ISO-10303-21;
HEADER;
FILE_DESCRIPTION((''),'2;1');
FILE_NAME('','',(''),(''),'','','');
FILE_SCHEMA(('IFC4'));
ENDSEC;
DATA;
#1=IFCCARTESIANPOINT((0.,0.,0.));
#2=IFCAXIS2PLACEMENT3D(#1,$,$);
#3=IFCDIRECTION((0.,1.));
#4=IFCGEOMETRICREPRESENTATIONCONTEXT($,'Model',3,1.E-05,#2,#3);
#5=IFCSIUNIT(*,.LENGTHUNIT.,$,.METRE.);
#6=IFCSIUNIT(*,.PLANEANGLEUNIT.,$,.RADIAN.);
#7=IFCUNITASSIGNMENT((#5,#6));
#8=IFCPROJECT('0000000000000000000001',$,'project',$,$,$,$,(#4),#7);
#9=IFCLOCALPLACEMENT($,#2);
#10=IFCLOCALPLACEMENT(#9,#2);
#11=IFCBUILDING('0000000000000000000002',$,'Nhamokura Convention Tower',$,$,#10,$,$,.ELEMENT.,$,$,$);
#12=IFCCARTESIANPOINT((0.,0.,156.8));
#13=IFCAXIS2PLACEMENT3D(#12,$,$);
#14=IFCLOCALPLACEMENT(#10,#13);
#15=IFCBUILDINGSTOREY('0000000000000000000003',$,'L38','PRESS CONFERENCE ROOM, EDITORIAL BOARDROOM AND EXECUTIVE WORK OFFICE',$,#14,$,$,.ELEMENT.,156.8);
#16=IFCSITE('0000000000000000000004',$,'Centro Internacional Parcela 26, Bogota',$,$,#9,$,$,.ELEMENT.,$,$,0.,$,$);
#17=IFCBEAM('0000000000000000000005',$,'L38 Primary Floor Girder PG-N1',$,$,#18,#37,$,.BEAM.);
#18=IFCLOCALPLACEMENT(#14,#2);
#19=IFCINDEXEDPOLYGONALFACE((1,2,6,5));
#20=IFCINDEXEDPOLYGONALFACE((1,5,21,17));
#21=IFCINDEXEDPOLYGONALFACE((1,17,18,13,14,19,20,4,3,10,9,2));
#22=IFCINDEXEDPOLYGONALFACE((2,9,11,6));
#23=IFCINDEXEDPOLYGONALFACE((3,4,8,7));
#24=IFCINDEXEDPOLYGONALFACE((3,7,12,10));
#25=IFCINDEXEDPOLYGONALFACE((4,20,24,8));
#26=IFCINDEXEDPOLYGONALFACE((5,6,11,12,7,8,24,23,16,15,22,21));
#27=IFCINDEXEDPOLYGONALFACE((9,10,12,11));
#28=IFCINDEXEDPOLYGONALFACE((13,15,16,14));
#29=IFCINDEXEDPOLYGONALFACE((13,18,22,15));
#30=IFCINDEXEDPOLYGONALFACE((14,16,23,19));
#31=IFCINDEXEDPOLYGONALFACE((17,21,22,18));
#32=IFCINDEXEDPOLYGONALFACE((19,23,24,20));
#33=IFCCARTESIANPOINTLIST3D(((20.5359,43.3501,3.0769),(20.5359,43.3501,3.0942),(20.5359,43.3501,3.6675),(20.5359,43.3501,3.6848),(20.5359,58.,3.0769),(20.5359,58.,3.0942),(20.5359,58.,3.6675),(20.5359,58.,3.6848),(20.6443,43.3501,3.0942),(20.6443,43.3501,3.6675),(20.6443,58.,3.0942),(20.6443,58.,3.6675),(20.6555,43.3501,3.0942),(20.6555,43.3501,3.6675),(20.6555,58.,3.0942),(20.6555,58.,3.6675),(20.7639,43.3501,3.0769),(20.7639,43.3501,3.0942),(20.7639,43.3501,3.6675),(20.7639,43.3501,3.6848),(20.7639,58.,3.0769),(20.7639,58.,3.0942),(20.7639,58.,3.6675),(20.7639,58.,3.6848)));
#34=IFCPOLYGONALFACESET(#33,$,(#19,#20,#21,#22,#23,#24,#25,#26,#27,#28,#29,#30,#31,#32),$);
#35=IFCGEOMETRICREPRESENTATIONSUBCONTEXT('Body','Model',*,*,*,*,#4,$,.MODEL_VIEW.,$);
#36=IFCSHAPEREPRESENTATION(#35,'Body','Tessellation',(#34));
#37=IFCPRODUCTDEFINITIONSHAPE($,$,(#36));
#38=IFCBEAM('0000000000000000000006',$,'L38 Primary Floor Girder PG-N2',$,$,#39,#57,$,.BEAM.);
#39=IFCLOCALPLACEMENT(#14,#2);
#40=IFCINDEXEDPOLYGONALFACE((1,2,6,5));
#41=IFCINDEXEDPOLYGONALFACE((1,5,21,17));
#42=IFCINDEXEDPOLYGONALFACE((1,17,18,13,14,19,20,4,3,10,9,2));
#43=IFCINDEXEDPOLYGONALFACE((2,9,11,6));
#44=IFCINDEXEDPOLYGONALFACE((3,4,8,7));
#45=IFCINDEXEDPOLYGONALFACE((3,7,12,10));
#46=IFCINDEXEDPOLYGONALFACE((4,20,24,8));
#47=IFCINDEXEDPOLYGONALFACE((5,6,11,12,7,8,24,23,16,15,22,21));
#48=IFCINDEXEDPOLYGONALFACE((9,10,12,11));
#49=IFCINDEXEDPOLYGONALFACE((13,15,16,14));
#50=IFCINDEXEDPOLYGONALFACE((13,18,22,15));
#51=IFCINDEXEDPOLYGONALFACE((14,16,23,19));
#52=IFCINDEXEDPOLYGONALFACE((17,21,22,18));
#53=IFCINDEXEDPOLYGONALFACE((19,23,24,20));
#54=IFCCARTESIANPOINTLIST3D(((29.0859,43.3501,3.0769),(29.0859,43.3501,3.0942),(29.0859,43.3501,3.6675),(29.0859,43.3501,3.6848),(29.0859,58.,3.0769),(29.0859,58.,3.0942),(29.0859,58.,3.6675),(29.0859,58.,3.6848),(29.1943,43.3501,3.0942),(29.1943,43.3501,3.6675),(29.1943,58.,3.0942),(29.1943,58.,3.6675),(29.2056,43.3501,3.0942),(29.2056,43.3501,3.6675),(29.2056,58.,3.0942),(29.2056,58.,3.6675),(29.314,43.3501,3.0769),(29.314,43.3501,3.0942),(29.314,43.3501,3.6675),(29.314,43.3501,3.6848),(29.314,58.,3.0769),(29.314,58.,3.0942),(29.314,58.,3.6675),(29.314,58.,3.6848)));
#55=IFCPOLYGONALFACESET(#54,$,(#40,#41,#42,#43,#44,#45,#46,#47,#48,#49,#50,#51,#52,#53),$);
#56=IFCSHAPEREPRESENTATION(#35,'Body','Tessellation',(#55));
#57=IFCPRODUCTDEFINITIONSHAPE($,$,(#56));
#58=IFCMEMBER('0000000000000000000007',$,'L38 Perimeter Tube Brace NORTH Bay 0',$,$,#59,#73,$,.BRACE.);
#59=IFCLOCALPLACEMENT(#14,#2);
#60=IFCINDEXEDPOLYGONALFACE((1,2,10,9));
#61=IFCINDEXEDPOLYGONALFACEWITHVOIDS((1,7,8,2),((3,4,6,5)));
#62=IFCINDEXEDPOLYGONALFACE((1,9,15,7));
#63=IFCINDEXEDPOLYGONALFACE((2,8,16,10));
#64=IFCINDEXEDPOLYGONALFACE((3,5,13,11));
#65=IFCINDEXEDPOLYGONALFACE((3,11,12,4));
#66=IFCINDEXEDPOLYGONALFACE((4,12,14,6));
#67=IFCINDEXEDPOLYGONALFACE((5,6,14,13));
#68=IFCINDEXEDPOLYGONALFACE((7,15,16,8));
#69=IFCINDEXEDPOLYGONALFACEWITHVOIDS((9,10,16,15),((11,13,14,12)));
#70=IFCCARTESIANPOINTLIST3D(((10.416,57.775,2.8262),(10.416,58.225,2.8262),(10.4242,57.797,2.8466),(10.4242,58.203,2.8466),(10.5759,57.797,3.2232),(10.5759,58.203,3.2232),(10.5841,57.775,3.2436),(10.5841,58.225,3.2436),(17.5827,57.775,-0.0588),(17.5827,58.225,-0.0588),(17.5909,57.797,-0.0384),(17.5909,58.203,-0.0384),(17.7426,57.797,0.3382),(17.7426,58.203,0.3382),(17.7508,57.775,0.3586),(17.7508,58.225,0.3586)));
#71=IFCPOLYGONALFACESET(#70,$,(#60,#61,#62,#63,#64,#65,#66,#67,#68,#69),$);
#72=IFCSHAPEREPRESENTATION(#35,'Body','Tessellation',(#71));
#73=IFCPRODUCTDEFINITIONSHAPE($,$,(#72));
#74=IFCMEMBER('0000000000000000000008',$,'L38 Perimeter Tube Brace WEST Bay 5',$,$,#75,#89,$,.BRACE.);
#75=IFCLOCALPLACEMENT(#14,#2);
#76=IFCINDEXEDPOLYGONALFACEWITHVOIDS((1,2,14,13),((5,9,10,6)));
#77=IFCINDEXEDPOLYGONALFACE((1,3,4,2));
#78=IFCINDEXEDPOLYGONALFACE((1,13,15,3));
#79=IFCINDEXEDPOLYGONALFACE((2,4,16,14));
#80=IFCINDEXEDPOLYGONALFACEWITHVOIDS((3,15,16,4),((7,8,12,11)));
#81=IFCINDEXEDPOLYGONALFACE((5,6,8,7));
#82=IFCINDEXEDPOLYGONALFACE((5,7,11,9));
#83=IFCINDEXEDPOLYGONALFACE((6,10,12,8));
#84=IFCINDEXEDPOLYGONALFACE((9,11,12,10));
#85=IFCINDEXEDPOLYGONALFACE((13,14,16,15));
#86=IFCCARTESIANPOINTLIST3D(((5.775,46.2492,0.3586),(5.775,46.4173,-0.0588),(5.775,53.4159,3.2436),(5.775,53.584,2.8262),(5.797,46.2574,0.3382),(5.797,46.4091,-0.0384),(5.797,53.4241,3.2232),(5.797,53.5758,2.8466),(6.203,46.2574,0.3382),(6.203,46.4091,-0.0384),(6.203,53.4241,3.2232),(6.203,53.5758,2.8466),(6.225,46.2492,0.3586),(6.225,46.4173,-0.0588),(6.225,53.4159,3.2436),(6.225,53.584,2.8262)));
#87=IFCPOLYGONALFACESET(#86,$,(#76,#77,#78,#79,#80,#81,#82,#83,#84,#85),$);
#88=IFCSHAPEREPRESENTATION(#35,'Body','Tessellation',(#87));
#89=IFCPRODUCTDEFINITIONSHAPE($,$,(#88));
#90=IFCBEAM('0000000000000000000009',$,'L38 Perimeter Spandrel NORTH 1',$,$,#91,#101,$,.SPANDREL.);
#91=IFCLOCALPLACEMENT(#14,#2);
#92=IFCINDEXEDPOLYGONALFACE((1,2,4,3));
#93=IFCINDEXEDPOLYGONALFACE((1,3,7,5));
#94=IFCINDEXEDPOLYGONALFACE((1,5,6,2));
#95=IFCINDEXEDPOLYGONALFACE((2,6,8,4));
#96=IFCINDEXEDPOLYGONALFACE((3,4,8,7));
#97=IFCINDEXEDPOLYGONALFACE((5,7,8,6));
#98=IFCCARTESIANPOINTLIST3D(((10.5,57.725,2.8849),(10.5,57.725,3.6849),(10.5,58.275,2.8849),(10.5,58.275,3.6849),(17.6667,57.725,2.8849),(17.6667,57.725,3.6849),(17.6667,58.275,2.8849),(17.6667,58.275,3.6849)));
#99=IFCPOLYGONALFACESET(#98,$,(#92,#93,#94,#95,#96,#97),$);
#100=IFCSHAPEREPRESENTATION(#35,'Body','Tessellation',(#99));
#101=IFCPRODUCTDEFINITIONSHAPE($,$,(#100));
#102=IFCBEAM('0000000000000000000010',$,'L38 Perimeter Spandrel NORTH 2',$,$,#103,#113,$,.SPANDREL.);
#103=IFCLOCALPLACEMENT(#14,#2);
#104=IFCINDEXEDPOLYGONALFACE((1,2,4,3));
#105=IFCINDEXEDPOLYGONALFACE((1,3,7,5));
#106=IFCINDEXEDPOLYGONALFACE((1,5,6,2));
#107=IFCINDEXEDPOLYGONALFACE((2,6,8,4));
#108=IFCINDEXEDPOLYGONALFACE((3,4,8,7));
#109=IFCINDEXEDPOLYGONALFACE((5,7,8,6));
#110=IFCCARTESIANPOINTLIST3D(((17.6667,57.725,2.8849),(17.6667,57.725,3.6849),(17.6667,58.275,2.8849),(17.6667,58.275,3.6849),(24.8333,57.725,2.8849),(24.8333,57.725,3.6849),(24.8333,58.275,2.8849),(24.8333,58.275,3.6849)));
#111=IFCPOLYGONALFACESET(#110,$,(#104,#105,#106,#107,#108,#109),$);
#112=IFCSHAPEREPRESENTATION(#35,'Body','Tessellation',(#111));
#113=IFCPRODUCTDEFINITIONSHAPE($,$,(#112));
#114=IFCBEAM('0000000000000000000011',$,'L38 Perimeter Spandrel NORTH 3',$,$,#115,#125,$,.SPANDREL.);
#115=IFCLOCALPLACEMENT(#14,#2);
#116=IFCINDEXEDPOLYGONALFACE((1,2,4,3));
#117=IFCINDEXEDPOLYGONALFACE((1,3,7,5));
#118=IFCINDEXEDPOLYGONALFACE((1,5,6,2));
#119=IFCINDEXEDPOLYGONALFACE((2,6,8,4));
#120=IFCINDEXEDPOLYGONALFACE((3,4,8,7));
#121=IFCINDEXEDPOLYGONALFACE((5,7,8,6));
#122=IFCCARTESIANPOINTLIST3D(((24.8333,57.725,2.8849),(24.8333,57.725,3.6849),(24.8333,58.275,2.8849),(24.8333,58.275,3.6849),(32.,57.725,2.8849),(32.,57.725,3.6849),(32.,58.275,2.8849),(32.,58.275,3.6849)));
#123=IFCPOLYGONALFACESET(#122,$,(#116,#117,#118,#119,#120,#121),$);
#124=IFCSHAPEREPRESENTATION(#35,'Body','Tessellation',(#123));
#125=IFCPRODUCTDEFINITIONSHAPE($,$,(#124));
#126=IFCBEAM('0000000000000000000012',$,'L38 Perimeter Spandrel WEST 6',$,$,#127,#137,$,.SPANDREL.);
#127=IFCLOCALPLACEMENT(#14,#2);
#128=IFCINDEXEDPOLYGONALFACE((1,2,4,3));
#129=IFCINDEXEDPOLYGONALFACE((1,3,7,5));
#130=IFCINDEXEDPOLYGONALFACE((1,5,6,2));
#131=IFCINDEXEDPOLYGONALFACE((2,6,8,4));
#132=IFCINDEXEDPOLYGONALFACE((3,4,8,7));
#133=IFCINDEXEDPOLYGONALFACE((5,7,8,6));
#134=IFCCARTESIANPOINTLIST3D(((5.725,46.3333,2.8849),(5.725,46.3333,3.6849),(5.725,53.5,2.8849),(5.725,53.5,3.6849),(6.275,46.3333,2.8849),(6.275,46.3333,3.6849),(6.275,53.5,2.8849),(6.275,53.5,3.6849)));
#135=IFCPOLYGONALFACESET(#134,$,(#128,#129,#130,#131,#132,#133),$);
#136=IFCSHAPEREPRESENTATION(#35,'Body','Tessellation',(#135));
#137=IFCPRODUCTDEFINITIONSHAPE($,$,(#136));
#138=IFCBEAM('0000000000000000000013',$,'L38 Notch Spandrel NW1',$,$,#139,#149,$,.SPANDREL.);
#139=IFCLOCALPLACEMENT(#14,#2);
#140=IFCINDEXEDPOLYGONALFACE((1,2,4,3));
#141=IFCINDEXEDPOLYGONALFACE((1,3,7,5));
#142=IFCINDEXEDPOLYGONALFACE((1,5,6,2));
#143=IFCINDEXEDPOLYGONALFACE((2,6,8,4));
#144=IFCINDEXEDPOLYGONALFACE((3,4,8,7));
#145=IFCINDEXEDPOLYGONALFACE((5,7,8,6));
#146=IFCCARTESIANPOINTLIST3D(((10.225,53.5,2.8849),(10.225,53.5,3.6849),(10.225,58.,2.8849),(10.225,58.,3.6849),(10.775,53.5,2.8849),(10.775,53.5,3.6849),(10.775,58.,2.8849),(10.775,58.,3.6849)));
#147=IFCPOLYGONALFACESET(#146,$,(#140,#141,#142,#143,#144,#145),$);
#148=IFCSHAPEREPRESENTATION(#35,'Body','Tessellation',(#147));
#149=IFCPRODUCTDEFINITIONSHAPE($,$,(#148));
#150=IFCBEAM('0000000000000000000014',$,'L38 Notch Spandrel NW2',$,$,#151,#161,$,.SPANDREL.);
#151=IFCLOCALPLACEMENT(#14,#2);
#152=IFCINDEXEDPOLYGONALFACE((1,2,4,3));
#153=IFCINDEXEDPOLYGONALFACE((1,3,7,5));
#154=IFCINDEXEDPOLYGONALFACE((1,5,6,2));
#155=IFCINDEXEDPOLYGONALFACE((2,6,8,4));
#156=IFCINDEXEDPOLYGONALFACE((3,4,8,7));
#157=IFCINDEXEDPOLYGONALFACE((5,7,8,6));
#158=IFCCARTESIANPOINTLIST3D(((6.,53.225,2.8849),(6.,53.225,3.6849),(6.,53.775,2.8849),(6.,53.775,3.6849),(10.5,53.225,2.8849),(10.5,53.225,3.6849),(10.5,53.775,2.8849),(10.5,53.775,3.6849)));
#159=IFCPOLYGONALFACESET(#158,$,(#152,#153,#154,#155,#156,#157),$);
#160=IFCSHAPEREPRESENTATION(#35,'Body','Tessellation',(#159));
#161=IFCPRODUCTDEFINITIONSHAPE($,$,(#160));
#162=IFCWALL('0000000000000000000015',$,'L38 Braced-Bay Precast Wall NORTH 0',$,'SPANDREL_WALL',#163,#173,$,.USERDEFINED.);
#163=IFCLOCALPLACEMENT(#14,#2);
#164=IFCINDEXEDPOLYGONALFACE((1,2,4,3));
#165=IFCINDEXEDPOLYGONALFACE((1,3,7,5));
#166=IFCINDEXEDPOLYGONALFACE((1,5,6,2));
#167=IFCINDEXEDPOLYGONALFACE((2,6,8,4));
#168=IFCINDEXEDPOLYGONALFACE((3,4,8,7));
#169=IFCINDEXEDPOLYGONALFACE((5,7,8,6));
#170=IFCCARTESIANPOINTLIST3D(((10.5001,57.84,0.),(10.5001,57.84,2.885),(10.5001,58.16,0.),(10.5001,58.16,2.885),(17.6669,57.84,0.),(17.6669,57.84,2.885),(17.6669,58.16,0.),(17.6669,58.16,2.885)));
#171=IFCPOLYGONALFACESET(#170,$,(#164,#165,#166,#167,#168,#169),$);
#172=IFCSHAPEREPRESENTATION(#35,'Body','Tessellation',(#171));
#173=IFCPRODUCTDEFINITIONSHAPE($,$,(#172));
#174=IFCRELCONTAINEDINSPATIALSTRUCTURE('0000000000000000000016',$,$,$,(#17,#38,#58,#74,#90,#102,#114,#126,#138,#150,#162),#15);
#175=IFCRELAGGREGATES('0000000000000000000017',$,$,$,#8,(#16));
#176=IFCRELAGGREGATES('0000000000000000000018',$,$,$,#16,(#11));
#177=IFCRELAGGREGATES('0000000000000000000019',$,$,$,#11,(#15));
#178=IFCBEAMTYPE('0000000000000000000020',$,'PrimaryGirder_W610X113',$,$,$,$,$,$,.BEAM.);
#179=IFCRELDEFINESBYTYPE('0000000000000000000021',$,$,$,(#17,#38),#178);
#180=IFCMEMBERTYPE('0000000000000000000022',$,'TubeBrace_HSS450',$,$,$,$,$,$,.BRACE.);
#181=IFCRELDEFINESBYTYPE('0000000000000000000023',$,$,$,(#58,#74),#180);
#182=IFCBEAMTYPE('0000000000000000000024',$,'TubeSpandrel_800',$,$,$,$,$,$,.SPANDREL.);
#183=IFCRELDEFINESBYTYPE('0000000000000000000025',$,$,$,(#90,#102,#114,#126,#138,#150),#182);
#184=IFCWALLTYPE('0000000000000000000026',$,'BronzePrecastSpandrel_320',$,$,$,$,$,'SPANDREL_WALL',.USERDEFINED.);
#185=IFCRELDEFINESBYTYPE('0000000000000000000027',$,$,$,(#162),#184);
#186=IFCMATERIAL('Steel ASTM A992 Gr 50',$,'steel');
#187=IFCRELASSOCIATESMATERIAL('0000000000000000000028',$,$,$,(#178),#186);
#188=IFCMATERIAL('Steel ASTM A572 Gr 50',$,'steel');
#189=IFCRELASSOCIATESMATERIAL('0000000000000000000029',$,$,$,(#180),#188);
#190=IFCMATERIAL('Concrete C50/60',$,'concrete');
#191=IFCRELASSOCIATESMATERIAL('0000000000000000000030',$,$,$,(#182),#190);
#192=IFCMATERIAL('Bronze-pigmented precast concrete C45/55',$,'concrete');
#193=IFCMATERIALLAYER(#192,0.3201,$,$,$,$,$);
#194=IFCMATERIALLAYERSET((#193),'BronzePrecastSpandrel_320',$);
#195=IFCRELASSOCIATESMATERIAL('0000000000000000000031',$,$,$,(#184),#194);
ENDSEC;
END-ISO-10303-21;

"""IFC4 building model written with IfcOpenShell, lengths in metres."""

from ifc_helpers import new_model, si_unit, direction, frame, frame_2d, origin, origin_2d, place, context, subcontext, project, spatial, rectangle, hollow_rectangle, i_section, extrude, material, layer, layer_set, material_profile, profile_set, type_object, element, save


model = new_model("IFC4")

# Units and contexts
model_context = context("Model", 3, precision=1e-05, world=origin(), true_north=direction((0.0, 1.0)))
body_context = subcontext(model_context, "Body", "Model", "MODEL_VIEW")
ifc_project = project(units=[si_unit("LENGTHUNIT", "METRE"), si_unit("PLANEANGLEUNIT", "RADIAN")], contexts=[model_context])

# Site, building, storey
site_placement = place(None, origin())
site = spatial("IfcSite", under=ifc_project, at=site_placement, Name="Centro Internacional Parcela 26, Bogota", CompositionType="ELEMENT", RefElevation=0.0)
building_placement = place(site_placement, origin())
building = spatial("IfcBuilding", under=site, at=building_placement, Name="Nhamokura Convention Tower", CompositionType="ELEMENT")
storey_placement = place(building_placement, frame((0.0, 0.0, 156.8)))
storey = spatial("IfcBuildingStorey", under=building, at=storey_placement, Name="L38", Description="PRESS CONFERENCE ROOM, EDITORIAL BOARDROOM AND EXECUTIVE WORK OFFICE", CompositionType="ELEMENT", Elevation=156.8)

# Beams
ifc_material_1 = material(Name="Steel ASTM A992 Gr 50", Category="steel")
ifc_material_profile_1 = material_profile(ifc_material_1, i_section(OverallWidth=0.228, OverallDepth=0.6079, WebThickness=0.0112, FlangeThickness=0.0173, at=origin_2d()))
ifc_profile_set_1 = profile_set([ifc_material_profile_1], Name="Steel ASTM A992 Gr 50")
beam_type_1 = type_object("IfcBeamType", Name="PrimaryGirder_W610X113", PredefinedType="BEAM", material=ifc_profile_set_1)
for number, where, z_axis, x_axis, name in (
    (1, (20.6499, 43.3501, 3.3809), (0.0, 1.0, 0.0), (-1.0, 0.0, 0.0), "L38 Primary Floor Girder PG-N1"),
    (2, (29.2, 43.3501, 3.3809), (0.0, 1.0, 0.0), (-1.0, 0.0, 0.0), "L38 Primary Floor Girder PG-N2"),
):
    element("IfcBeam", number, at=place(storey_placement, frame(where, z_axis=z_axis, x_axis=x_axis)), inside=storey, type_object=beam_type_1, Name=name, PredefinedType="BEAM", context=body_context, shape_type="SweptSolid", body=[
        extrude(i_section(OverallWidth=0.228, OverallDepth=0.6079, WebThickness=0.0112, FlangeThickness=0.0173, at=origin_2d()), origin(), (0.0, 0.0, 1.0), 14.6499),
    ])

# Members
ifc_material_2 = material(Name="Steel ASTM A572 Gr 50", Category="steel")
ifc_material_profile_2 = material_profile(ifc_material_2, hollow_rectangle(XDim=0.45, YDim=0.45, WallThickness=0.022, at=origin_2d()))
ifc_profile_set_2 = profile_set([ifc_material_profile_2], Name="Steel ASTM A572 Gr 50")
member_type_1 = type_object("IfcMemberType", Name="TubeBrace_HSS450", PredefinedType="BRACE", material=ifc_profile_set_2)
for number, where, z_axis, x_axis, name in (
    (3, (17.6667, 58.0, 0.1499), (-0.927657, 0.0, 0.373433), (0.0, -1.0, 0.0), "L38 Perimeter Tube Brace NORTH Bay 0"),
    (4, (6.0, 46.3333, 0.1499), (0.0, 0.927657, 0.373433), (-1.0, 0.0, 0.0), "L38 Perimeter Tube Brace WEST Bay 5"),
):
    element("IfcMember", number, at=place(storey_placement, frame(where, z_axis=z_axis, x_axis=x_axis)), inside=storey, type_object=member_type_1, Name=name, PredefinedType="BRACE", context=body_context, shape_type="SweptSolid", body=[
        extrude(hollow_rectangle(XDim=0.45, YDim=0.45, WallThickness=0.022, at=origin_2d()), origin(), (0.0, 0.0, 1.0), 7.7256),
    ])

# Beams
ifc_material_3 = material(Name="Concrete C50/60", Category="concrete")
ifc_material_profile_3 = material_profile(ifc_material_3, rectangle(XDim=0.55, YDim=0.8, at=origin_2d()))
ifc_profile_set_3 = profile_set([ifc_material_profile_3], Name="Concrete C50/60")
beam_type_2 = type_object("IfcBeamType", Name="TubeSpandrel_800", PredefinedType="SPANDREL", material=ifc_profile_set_3)
beam_1_placement = place(storey_placement, frame((10.5, 58.0, 3.2849), z_axis=(1.0, 0.0, 0.0), x_axis=(0.0, 1.0, 0.0)))
element("IfcBeam", 5, at=beam_1_placement, inside=storey, type_object=beam_type_2, Name="L38 Perimeter Spandrel NORTH 1", PredefinedType="SPANDREL", context=body_context, shape_type="SweptSolid", body=[
    extrude(rectangle(XDim=0.55, YDim=0.8, at=origin_2d()), origin(), (0.0, 0.0, 1.0), 7.1667),
])
beam_2_placement = place(storey_placement, frame((17.6667, 58.0, 3.2849), z_axis=(1.0, 0.0, 0.0), x_axis=(0.0, 1.0, 0.0)))
element("IfcBeam", 6, at=beam_2_placement, inside=storey, type_object=beam_type_2, Name="L38 Perimeter Spandrel NORTH 2", PredefinedType="SPANDREL", context=body_context, shape_type="SweptSolid", body=[
    extrude(rectangle(XDim=0.55, YDim=0.8, at=origin_2d()), origin(), (0.0, 0.0, 1.0), 7.1665),
])
for number, where, z_axis, x_axis, name in (
    (7, (24.8333, 58.0, 3.2849), (1.0, 0.0, 0.0), (0.0, 1.0, 0.0), "L38 Perimeter Spandrel NORTH 3"),
    (8, (6.0, 46.3333, 3.2849), (0.0, 1.0, 0.0), (-1.0, 0.0, 0.0), "L38 Perimeter Spandrel WEST 6"),
):
    element("IfcBeam", number, at=place(storey_placement, frame(where, z_axis=z_axis, x_axis=x_axis)), inside=storey, type_object=beam_type_2, Name=name, PredefinedType="SPANDREL", context=body_context, shape_type="SweptSolid", body=[
        extrude(rectangle(XDim=0.55, YDim=0.8, at=origin_2d()), origin(), (0.0, 0.0, 1.0), 7.1667),
    ])
for number, where, z_axis, x_axis, name in (
    (9, (10.5, 58.0, 3.2849), (0.0, -1.0, 0.0), (1.0, 0.0, 0.0), "L38 Notch Spandrel NW1"),
    (10, (10.5, 53.5, 3.2849), (-1.0, 0.0, 0.0), (0.0, -1.0, 0.0), "L38 Notch Spandrel NW2"),
):
    element("IfcBeam", number, at=place(storey_placement, frame(where, z_axis=z_axis, x_axis=x_axis)), inside=storey, type_object=beam_type_2, Name=name, PredefinedType="SPANDREL", context=body_context, shape_type="SweptSolid", body=[
        extrude(rectangle(XDim=0.55, YDim=0.8, at=origin_2d()), origin(), (0.0, 0.0, 1.0), 4.5),
    ])

# Wall
ifc_material_4 = material(Name="Bronze-pigmented precast concrete C45/55", Category="concrete")
ifc_layer_1 = layer(ifc_material_4, 0.3201)
ifc_layer_set_1 = layer_set([ifc_layer_1], Name="BronzePrecastSpandrel_320")
wall_type_1 = type_object("IfcWallType", Name="BronzePrecastSpandrel_320", ElementType="SPANDREL_WALL", PredefinedType="USERDEFINED", material=ifc_layer_set_1)
wall_1_placement = place(storey_placement, frame((10.5, 58.0, 0.0), z_axis=(0.0, 0.0, 1.0), x_axis=(1.0, 0.0, 0.0)))
element("IfcWall", 11, at=wall_1_placement, inside=storey, type_object=wall_type_1, Name="L38 Braced-Bay Precast Wall NORTH 0", ObjectType="SPANDREL_WALL", PredefinedType="USERDEFINED", context=body_context, shape_type="SweptSolid", body=[
    extrude(rectangle(XDim=7.1667, YDim=0.3201, at=frame_2d((3.5835, 0.0))), origin(), (0.0, 0.0, 1.0), 2.885),
])

save(model, "model.ifc")
